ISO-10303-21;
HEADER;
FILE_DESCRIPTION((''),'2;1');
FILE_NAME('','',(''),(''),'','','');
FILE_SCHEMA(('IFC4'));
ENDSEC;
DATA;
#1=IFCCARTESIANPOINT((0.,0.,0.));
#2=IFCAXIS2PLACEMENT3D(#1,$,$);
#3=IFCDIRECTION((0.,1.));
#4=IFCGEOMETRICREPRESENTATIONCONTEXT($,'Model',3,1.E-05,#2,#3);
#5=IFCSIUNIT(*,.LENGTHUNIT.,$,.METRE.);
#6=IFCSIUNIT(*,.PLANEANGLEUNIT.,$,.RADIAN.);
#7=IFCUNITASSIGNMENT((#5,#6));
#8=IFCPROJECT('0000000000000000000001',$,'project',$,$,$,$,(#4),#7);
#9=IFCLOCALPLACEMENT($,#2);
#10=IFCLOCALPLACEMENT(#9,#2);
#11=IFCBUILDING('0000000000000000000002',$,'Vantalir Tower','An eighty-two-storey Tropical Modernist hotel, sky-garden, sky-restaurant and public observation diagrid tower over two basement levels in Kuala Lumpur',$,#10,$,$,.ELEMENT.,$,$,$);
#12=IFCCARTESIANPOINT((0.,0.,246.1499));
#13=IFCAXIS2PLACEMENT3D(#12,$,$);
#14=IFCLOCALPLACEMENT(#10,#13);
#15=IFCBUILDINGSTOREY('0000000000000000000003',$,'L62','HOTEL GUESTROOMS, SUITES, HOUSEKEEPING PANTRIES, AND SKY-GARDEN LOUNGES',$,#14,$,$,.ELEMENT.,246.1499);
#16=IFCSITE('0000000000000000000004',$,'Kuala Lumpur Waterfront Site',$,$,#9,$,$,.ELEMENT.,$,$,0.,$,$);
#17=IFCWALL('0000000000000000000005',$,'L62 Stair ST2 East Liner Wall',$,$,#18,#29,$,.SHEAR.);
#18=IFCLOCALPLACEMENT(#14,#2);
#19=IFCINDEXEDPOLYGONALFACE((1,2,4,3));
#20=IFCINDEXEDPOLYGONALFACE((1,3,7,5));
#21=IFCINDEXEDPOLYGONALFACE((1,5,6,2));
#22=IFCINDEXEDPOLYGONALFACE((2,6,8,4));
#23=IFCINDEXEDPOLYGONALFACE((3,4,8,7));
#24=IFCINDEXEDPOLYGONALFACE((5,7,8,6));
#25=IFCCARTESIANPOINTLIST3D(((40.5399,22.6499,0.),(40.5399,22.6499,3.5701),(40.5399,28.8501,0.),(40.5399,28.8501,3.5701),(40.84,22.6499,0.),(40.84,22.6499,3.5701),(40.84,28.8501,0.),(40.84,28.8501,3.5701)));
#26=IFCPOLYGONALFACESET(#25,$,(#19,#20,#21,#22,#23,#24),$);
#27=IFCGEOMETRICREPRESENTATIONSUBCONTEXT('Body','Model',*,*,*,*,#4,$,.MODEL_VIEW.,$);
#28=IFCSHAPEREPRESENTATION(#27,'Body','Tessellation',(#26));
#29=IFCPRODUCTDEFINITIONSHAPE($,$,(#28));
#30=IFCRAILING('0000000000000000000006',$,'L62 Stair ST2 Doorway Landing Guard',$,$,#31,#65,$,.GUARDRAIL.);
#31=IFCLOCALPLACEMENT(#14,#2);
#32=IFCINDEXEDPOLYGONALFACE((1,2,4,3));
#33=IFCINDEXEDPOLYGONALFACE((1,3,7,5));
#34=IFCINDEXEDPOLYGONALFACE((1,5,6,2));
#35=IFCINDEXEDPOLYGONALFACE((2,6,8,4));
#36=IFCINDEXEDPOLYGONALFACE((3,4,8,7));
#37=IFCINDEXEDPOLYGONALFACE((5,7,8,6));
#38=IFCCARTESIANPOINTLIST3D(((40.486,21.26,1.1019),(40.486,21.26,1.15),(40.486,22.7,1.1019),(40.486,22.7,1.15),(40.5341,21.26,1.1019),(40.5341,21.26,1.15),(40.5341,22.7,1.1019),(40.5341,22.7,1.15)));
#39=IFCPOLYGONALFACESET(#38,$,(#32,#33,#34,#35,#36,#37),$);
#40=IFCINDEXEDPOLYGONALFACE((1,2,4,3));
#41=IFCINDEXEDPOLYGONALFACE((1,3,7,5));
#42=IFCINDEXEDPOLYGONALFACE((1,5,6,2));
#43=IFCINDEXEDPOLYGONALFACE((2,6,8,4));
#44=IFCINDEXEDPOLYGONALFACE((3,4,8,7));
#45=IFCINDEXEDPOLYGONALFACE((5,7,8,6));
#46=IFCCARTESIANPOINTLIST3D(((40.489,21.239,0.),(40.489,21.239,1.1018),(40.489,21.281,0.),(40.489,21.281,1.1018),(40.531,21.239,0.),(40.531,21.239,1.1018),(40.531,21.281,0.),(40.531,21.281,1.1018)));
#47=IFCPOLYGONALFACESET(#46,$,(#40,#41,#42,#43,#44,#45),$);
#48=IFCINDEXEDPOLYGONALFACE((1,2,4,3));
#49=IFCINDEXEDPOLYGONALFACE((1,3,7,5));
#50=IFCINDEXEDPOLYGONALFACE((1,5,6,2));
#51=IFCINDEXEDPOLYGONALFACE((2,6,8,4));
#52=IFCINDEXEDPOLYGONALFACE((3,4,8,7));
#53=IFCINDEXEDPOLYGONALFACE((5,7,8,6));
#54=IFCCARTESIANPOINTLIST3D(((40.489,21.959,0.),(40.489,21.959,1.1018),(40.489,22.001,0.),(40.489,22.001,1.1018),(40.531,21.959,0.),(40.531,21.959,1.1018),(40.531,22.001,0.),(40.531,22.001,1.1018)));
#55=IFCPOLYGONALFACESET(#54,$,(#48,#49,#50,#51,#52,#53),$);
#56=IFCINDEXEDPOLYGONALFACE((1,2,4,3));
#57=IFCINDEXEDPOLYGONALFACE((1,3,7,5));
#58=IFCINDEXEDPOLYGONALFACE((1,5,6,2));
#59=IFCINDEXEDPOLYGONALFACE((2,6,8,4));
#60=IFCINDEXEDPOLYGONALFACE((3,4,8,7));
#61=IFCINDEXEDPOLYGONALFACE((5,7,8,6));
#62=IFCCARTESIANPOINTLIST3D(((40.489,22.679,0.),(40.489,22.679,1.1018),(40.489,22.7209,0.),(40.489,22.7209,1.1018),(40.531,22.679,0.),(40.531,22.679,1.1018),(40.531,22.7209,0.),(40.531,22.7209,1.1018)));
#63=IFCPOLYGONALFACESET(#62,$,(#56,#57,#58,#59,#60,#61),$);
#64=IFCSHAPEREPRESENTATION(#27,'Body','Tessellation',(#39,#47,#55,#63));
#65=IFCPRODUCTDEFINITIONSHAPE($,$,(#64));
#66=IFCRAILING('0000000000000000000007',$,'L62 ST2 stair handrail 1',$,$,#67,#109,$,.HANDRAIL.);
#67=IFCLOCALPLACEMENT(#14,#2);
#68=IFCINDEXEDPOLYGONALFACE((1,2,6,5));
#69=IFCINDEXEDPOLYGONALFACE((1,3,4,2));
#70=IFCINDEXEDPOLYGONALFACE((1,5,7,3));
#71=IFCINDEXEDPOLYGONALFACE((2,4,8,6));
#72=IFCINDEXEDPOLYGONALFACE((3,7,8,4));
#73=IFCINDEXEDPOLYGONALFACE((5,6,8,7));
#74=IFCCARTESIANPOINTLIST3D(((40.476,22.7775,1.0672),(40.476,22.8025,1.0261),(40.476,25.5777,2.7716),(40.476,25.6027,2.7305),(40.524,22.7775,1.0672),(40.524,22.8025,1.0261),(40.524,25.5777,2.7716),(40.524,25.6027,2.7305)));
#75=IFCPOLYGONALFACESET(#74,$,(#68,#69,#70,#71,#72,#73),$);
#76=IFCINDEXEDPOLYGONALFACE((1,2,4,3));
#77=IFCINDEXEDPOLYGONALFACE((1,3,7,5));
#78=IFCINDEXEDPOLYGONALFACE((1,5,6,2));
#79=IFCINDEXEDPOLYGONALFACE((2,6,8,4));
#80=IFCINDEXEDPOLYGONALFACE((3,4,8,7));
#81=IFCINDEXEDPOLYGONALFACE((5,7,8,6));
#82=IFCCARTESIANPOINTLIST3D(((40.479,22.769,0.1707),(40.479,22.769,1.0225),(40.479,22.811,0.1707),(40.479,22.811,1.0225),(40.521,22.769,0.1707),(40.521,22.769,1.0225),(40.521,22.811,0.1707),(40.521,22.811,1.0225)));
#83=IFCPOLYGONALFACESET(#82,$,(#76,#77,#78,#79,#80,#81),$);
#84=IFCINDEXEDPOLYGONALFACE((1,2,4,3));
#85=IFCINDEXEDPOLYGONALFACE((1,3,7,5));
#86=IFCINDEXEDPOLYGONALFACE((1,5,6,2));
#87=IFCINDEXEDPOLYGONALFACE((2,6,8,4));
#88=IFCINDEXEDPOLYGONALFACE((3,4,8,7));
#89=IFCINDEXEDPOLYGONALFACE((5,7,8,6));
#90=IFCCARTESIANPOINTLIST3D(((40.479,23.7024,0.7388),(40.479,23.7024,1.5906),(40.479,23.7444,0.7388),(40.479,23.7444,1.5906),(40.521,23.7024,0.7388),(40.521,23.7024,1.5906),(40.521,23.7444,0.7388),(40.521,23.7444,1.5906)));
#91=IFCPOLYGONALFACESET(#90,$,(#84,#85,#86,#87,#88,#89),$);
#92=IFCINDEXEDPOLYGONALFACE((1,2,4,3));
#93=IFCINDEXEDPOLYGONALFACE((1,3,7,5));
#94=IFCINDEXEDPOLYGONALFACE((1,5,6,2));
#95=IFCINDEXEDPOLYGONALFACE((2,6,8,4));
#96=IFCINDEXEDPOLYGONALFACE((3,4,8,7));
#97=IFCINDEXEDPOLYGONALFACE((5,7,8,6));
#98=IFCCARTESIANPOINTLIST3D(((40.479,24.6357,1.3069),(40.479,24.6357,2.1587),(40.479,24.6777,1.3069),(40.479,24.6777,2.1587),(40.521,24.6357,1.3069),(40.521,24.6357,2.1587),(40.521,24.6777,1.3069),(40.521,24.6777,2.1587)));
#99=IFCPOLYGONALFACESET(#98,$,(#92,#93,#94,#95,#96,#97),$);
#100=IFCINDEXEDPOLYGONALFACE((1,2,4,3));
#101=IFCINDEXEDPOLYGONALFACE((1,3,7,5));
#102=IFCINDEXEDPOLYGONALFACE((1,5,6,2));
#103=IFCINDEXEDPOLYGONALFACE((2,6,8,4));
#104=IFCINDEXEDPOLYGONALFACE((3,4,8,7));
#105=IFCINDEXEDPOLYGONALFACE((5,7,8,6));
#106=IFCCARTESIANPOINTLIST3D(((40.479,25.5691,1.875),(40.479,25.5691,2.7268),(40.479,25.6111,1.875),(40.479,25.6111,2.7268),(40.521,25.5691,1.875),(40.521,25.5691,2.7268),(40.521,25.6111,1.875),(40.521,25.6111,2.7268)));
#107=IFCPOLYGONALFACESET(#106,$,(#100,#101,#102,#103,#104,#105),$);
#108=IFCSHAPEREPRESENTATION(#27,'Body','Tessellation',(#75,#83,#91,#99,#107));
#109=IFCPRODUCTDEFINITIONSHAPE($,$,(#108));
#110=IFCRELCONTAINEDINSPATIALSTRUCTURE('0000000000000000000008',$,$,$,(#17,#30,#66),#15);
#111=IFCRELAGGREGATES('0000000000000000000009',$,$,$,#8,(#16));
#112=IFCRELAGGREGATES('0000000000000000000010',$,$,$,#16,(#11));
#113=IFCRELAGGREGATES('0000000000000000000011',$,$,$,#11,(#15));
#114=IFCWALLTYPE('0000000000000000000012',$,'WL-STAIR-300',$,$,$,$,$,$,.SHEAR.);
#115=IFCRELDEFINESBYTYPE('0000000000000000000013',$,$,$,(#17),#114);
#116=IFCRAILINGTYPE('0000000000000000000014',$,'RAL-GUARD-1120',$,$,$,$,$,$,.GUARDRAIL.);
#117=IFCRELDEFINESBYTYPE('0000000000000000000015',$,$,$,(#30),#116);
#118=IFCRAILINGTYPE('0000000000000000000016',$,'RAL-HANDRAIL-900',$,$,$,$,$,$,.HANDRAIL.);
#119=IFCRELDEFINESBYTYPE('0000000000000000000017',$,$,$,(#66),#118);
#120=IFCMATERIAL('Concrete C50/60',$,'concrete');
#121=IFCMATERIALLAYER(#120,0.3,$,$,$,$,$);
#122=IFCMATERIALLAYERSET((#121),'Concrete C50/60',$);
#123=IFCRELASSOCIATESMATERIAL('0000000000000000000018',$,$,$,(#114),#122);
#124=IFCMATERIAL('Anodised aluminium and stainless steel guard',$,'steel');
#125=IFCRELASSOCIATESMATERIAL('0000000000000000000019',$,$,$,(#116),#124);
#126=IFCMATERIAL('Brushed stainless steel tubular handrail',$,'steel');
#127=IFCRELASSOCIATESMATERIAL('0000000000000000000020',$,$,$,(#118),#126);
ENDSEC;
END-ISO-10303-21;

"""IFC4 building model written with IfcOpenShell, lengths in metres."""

from ifc_helpers import new_model, si_unit, direction, frame, frame_2d, origin, origin_2d, place, context, subcontext, project, spatial, rectangle, extrude, material, layer, layer_set, type_object, element, save


model = new_model("IFC4")

# Units and contexts
model_context = context("Model", 3, precision=1e-05, world=origin(), true_north=direction((0.0, 1.0)))
body_context = subcontext(model_context, "Body", "Model", "MODEL_VIEW")
ifc_project = project(units=[si_unit("LENGTHUNIT", "METRE"), si_unit("PLANEANGLEUNIT", "RADIAN")], contexts=[model_context])

# Site, building, storey
site_placement = place(None, origin())
site = spatial("IfcSite", under=ifc_project, at=site_placement, Name="Kuala Lumpur Waterfront Site", CompositionType="ELEMENT", RefElevation=0.0)
building_placement = place(site_placement, origin())
building = spatial("IfcBuilding", under=site, at=building_placement, Name="Vantalir Tower", Description="An eighty-two-storey Tropical Modernist hotel, sky-garden, sky-restaurant and public observation diagrid tower over two basement levels in Kuala Lumpur", CompositionType="ELEMENT")
storey_placement = place(building_placement, frame((0.0, 0.0, 246.1499)))
storey = spatial("IfcBuildingStorey", under=building, at=storey_placement, Name="L62", Description="HOTEL GUESTROOMS, SUITES, HOUSEKEEPING PANTRIES, AND SKY-GARDEN LOUNGES", CompositionType="ELEMENT", Elevation=246.1499)

# Shared definitions
ifc_material_1 = material(Name="Concrete C50/60", Category="concrete")

# Wall
ifc_layer_1 = layer(ifc_material_1, 0.3)
ifc_layer_set_1 = layer_set([ifc_layer_1], Name="Concrete C50/60")
wall_type_1 = type_object("IfcWallType", Name="WL-STAIR-300", PredefinedType="SHEAR", material=ifc_layer_set_1)
wall_1_placement = place(storey_placement, frame((40.6899, 22.6499, 0.0), z_axis=(0.0, 0.0, 1.0), x_axis=(0.0, 1.0, 0.0)))
element("IfcWall", 1, at=wall_1_placement, inside=storey, type_object=wall_type_1, Name="L62 Stair ST2 East Liner Wall", PredefinedType="SHEAR", context=body_context, shape_type="SweptSolid", body=[
    extrude(rectangle(XDim=6.2002, YDim=0.3, at=frame_2d((3.1001, 0.0))), origin(), (0.0, 0.0, 1.0), 3.5701),
])

# Railings
ifc_material_2 = material(Name="Anodised aluminium and stainless steel guard", Category="steel")
railing_type_1 = type_object("IfcRailingType", Name="RAL-GUARD-1120", PredefinedType="GUARDRAIL", material=ifc_material_2)
railing_1_placement = place(storey_placement, frame((40.51, 21.26, 0.0)))
element("IfcRailing", 2, at=railing_1_placement, inside=storey, type_object=railing_type_1, Name="L62 Stair ST2 Doorway Landing Guard", PredefinedType="GUARDRAIL", context=body_context, shape_type="SweptSolid", body=[
    extrude(rectangle(XDim=0.0481, YDim=0.0481, at=origin_2d()), frame((0.0, 0.0, 1.126), z_axis=(0.0, 1.0, 0.0), x_axis=(-1.0, 0.0, 0.0)), (0.0, 0.0, 1.0), 1.4399),
    extrude(rectangle(XDim=0.042, YDim=0.042, at=origin_2d()), origin(), (0.0, 0.0, 1.0), 1.1018),
    extrude(rectangle(XDim=0.042, YDim=0.042, at=origin_2d()), frame((0.0, 0.72, 0.0)), (0.0, 0.0, 1.0), 1.1018),
    extrude(rectangle(XDim=0.042, YDim=0.042, at=origin_2d()), frame((0.0, 1.4399, 0.0)), (0.0, 0.0, 1.0), 1.1018),
])
ifc_material_3 = material(Name="Brushed stainless steel tubular handrail", Category="steel")
railing_type_2 = type_object("IfcRailingType", Name="RAL-HANDRAIL-900", PredefinedType="HANDRAIL", material=ifc_material_3)
railing_2_placement = place(storey_placement, frame((40.5, 22.79, 0.1707)))
element("IfcRailing", 3, at=railing_2_placement, inside=storey, type_object=railing_type_2, Name="L62 ST2 stair handrail 1", PredefinedType="HANDRAIL", context=body_context, shape_type="SweptSolid", body=[
    extrude(rectangle(XDim=0.0481, YDim=0.0481, at=origin_2d()), frame((0.0, 0.0, 0.876), z_axis=(0.0, 0.854203, 0.51994), x_axis=(-1.0, 0.0, 0.0)), (0.0, 0.0, 1.0), 3.2781),
    extrude(rectangle(XDim=0.042, YDim=0.042, at=origin_2d()), origin(), (0.0, 0.0, 1.0), 0.8518),
    extrude(rectangle(XDim=0.042, YDim=0.042, at=origin_2d()), frame((0.0, 0.9333, 0.5681)), (0.0, 0.0, 1.0), 0.8518),
    extrude(rectangle(XDim=0.042, YDim=0.042, at=origin_2d()), frame((0.0, 1.8667, 1.1362)), (0.0, 0.0, 1.0), 0.8518),
    extrude(rectangle(XDim=0.042, YDim=0.042, at=origin_2d()), frame((0.0, 2.8, 1.7043)), (0.0, 0.0, 1.0), 0.8518),
])

save(model, "model.ifc")
